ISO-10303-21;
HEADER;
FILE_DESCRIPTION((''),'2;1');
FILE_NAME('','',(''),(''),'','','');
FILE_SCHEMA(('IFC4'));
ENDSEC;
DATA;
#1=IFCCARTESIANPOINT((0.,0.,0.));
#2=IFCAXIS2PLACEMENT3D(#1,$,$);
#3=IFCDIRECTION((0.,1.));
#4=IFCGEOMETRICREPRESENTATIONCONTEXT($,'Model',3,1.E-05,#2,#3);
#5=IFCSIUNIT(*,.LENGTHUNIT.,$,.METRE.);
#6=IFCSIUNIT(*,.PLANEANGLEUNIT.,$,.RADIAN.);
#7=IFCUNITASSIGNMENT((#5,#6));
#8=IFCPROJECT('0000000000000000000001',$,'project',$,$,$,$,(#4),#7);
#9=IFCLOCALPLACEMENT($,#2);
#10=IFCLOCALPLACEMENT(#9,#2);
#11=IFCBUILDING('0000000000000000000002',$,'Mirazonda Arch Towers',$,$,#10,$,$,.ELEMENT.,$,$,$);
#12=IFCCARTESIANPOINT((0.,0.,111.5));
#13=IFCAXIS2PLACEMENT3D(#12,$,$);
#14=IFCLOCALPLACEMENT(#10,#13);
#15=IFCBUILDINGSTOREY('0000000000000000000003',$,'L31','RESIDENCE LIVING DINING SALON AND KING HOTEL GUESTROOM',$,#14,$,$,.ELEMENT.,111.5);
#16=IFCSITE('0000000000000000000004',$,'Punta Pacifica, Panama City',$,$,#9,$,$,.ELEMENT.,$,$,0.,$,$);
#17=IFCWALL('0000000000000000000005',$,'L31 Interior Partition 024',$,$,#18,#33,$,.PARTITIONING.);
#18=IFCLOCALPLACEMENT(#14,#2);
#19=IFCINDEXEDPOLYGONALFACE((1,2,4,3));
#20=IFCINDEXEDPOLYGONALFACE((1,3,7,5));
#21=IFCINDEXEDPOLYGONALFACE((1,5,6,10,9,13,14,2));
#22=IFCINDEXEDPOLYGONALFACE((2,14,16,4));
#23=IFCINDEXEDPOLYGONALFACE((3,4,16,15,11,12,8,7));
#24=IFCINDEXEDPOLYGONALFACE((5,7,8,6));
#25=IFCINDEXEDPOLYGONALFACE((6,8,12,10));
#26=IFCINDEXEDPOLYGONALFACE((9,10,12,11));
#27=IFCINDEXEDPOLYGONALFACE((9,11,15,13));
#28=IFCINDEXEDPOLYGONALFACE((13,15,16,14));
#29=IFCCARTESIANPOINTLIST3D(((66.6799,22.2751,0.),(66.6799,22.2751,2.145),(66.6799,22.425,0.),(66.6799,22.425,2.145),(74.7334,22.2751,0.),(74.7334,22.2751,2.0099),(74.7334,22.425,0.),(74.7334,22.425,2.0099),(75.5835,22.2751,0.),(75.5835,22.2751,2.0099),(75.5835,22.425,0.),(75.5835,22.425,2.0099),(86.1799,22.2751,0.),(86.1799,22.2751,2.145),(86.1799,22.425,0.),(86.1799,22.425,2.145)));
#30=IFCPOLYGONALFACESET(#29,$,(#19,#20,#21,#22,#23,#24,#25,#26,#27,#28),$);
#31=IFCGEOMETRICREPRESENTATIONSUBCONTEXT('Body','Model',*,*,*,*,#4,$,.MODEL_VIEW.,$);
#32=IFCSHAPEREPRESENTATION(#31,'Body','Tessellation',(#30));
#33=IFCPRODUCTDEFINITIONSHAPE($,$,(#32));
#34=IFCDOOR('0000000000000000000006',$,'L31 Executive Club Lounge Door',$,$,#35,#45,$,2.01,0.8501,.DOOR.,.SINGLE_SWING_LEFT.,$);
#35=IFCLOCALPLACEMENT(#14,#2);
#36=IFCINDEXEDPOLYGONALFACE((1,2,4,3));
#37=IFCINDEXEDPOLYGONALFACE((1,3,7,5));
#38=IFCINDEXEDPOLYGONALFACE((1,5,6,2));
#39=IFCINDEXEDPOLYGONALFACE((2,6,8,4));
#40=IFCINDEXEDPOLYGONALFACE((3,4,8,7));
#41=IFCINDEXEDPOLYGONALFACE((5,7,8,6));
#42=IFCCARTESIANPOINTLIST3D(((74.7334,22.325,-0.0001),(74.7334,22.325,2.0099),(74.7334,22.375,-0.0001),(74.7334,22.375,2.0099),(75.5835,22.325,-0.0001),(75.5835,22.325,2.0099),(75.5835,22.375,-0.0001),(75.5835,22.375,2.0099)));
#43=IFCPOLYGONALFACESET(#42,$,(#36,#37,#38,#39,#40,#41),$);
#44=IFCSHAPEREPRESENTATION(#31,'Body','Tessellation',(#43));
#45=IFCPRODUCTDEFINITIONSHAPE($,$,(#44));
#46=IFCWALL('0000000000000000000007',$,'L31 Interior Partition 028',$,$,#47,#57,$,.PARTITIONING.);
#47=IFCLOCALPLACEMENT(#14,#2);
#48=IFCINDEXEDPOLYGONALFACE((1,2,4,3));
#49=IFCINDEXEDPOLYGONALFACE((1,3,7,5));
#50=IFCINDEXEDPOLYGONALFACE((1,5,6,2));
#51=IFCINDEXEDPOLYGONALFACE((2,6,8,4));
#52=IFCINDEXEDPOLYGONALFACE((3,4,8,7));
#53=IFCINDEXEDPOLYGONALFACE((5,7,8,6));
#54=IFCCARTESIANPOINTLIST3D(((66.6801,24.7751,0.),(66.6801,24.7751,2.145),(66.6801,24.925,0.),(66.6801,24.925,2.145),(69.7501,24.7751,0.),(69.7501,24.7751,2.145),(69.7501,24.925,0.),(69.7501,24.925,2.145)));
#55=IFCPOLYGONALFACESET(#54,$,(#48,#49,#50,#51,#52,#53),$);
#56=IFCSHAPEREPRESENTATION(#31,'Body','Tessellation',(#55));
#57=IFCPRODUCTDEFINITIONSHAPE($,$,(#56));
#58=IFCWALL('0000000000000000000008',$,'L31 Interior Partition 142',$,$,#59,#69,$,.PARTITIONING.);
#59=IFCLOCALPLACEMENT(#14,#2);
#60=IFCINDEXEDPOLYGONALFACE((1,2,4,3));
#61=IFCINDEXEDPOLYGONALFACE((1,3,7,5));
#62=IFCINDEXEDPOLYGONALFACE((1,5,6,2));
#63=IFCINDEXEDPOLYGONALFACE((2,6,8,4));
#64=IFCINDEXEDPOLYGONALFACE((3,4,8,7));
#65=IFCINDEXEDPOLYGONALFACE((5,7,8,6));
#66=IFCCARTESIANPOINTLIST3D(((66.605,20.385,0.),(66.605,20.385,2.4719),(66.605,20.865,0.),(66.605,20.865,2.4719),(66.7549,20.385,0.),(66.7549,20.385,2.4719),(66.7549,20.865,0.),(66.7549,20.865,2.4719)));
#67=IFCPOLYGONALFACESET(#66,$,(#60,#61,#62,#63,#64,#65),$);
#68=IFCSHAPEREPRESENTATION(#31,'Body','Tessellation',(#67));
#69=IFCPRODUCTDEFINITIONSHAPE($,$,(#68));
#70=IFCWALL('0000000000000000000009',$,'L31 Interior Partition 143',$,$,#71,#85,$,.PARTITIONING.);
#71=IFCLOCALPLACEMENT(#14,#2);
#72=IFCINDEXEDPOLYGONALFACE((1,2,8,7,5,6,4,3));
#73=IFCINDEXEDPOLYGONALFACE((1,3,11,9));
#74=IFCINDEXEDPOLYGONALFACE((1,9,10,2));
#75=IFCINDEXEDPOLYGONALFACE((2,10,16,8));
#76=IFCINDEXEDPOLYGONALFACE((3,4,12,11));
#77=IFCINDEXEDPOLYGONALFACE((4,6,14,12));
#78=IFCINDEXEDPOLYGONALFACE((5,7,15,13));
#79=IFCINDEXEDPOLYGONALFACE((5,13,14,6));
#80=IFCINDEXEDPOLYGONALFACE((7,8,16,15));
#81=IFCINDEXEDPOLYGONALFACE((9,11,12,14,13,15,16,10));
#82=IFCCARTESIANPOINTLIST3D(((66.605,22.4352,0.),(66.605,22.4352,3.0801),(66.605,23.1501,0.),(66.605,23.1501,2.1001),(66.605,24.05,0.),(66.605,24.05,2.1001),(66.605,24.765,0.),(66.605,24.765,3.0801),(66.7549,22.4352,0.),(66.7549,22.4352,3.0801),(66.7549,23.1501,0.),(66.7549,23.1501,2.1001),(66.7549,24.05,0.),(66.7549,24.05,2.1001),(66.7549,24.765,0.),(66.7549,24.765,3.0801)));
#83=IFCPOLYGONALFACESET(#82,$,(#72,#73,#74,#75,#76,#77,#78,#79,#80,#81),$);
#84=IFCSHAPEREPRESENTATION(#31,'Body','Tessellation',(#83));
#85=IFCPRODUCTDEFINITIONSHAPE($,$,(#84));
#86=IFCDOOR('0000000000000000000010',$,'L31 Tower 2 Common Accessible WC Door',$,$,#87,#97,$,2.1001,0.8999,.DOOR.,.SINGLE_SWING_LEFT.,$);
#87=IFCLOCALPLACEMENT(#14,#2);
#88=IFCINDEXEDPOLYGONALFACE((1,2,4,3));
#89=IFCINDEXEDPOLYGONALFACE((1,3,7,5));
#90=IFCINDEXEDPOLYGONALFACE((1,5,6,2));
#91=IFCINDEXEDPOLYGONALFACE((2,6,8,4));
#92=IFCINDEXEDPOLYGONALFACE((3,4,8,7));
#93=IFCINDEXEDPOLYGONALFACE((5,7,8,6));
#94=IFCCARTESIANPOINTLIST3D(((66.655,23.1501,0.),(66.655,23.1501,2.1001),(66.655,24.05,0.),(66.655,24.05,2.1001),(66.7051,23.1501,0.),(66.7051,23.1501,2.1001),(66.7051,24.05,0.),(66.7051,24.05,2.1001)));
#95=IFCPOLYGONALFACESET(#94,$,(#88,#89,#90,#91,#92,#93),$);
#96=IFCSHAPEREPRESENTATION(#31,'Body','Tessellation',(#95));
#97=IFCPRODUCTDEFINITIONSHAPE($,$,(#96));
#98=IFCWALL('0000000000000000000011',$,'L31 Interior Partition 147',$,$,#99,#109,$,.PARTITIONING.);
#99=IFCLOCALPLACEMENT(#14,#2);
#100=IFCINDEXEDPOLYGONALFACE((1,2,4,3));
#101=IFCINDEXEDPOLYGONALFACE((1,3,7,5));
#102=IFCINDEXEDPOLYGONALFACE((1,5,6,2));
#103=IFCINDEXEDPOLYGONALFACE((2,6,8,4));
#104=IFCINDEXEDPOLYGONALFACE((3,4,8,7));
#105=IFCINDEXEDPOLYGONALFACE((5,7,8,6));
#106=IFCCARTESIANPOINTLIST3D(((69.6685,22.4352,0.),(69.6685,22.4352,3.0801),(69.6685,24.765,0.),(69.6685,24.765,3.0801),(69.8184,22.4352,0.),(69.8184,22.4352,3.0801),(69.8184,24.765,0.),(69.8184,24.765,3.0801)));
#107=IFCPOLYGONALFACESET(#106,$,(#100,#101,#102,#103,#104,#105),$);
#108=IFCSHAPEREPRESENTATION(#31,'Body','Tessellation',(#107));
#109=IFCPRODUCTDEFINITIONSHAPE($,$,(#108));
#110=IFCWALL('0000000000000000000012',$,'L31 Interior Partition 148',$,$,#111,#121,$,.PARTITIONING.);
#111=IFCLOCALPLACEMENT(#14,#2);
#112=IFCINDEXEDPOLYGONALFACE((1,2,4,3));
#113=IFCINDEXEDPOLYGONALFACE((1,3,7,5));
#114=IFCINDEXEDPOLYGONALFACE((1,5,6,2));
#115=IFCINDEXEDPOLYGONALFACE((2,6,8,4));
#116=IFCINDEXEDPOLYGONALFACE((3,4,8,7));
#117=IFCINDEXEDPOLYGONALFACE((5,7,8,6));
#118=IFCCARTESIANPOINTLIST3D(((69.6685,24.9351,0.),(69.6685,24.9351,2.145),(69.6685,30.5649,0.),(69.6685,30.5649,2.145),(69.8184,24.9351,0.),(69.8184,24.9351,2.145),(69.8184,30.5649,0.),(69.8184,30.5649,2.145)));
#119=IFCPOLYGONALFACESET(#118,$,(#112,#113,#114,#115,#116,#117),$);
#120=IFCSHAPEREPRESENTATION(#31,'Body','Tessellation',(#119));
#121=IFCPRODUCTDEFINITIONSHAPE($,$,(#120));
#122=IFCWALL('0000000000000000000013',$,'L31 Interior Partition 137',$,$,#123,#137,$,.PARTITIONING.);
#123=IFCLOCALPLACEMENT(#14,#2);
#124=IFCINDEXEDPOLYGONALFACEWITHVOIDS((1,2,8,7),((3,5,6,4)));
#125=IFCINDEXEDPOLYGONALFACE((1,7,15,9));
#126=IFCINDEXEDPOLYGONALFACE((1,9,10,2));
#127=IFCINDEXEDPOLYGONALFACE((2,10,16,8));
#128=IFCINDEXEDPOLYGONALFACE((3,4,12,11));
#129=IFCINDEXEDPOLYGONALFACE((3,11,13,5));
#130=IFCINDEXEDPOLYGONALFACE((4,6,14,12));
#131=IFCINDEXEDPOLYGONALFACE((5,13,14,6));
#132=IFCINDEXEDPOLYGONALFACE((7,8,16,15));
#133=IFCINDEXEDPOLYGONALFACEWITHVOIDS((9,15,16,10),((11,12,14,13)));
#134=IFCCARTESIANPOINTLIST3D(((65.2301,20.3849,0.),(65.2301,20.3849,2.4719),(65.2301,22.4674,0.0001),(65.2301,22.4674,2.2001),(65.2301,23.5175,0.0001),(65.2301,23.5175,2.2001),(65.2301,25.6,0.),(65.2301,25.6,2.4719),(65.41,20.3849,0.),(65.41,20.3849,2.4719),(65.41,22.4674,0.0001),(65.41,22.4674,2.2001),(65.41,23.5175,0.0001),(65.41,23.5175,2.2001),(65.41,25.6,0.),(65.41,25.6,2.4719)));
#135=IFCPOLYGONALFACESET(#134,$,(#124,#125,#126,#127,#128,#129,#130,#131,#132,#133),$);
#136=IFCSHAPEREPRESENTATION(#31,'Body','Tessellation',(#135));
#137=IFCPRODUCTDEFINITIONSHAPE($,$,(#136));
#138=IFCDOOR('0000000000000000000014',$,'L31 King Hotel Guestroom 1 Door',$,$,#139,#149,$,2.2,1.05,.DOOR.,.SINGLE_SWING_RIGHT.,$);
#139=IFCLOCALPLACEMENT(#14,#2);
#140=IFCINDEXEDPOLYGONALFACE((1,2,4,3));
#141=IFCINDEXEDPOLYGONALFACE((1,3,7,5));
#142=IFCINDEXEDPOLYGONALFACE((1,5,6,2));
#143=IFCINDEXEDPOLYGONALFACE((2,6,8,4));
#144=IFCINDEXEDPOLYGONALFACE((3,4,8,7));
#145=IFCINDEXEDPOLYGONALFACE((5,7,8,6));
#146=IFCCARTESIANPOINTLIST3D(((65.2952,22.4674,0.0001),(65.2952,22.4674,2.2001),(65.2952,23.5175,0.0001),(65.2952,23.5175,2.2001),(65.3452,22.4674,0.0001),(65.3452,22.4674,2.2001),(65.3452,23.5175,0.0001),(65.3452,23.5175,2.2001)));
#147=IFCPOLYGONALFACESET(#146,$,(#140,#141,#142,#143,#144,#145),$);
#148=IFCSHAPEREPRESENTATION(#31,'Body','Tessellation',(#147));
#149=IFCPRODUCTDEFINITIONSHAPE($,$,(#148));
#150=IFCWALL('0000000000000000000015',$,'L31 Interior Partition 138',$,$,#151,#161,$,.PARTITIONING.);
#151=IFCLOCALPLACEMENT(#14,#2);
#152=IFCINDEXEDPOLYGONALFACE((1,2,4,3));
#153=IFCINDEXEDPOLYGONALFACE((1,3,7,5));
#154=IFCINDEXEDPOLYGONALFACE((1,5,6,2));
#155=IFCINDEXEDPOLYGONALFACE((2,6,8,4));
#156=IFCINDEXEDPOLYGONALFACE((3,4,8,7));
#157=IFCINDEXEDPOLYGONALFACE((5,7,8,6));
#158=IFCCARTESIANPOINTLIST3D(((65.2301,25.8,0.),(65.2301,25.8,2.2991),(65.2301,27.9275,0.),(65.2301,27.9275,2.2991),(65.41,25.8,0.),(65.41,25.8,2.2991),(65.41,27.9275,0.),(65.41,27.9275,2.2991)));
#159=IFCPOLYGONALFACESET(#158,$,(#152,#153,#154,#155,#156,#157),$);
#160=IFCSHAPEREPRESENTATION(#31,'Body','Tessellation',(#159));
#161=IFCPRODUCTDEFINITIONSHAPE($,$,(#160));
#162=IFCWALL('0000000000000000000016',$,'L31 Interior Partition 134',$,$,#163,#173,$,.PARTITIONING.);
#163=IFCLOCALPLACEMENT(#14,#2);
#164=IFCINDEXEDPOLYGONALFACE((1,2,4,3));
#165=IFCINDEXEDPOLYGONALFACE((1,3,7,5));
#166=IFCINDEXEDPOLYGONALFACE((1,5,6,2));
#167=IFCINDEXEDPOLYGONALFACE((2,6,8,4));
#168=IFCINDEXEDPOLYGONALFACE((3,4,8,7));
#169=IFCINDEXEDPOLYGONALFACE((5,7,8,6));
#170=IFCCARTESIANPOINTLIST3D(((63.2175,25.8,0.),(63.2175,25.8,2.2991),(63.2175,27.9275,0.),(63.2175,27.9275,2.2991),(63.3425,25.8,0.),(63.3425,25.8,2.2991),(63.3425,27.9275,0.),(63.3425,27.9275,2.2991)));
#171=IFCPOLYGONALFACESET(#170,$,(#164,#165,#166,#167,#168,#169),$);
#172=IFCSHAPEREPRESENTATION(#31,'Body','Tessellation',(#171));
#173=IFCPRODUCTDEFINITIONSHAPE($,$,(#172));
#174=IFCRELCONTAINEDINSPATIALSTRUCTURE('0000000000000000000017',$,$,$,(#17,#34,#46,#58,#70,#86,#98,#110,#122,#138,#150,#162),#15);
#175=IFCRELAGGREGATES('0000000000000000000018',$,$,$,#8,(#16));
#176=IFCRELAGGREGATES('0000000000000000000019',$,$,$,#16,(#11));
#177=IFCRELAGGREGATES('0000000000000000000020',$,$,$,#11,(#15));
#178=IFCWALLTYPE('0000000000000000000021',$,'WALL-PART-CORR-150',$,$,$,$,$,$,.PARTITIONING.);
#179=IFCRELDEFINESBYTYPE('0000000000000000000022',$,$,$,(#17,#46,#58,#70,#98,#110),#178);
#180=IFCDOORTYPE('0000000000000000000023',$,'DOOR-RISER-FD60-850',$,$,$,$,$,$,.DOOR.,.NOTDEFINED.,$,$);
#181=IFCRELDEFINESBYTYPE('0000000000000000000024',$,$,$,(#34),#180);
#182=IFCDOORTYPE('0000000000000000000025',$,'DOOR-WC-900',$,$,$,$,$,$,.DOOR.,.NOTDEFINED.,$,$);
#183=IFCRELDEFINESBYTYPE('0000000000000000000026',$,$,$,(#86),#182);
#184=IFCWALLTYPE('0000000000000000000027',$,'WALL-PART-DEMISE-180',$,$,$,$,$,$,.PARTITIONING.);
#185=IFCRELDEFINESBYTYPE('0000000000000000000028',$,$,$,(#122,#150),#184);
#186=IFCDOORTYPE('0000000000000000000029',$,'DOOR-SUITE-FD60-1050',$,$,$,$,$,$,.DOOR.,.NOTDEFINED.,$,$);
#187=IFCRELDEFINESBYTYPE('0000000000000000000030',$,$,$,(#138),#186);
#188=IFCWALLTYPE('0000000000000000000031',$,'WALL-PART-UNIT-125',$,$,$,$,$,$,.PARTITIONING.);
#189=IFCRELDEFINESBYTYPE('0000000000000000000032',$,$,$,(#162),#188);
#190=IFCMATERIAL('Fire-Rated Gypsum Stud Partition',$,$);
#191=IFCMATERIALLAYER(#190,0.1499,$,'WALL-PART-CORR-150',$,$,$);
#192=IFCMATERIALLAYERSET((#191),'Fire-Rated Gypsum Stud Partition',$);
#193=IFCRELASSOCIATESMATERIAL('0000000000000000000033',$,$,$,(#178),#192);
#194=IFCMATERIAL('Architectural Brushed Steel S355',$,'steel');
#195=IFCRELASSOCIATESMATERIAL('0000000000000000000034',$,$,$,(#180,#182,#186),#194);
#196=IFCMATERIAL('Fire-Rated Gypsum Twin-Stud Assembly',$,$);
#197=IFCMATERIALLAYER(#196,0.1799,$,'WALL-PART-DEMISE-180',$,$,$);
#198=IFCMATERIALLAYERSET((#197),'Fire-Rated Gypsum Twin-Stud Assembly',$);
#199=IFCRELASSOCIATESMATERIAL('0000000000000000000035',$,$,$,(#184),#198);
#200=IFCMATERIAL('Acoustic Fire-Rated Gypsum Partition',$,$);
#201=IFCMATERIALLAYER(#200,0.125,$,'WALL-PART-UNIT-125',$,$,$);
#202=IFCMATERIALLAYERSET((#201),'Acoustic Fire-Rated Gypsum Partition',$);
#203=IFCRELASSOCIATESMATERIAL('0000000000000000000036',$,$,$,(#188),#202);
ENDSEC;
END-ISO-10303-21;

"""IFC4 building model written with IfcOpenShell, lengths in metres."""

from ifc_helpers import new_model, si_unit, direction, frame, frame_2d, origin, place, context, subcontext, project, spatial, rectangle, extrude, material, layer, layer_set, type_object, element, fill, save


model = new_model("IFC4")

# Units and contexts
model_context = context("Model", 3, precision=1e-05, world=origin(), true_north=direction((0.0, 1.0)))
body_context = subcontext(model_context, "Body", "Model", "MODEL_VIEW")
ifc_project = project(units=[si_unit("LENGTHUNIT", "METRE"), si_unit("PLANEANGLEUNIT", "RADIAN")], contexts=[model_context])

# Site, building, storey
site_placement = place(None, origin())
site = spatial("IfcSite", under=ifc_project, at=site_placement, Name="Punta Pacifica, Panama City", CompositionType="ELEMENT", RefElevation=0.0)
building_placement = place(site_placement, origin())
building = spatial("IfcBuilding", under=site, at=building_placement, Name="Mirazonda Arch Towers", CompositionType="ELEMENT")
storey_placement = place(building_placement, frame((0.0, 0.0, 111.5)))
storey = spatial("IfcBuildingStorey", under=building, at=storey_placement, Name="L31", Description="RESIDENCE LIVING DINING SALON AND KING HOTEL GUESTROOM", CompositionType="ELEMENT", Elevation=111.5)

# Shared definitions
ifc_material_1 = material(Name="Architectural Brushed Steel S355", Category="steel")

# Shared definitions
ifc_material_2 = material(Name="Fire-Rated Gypsum Stud Partition")
ifc_layer_1 = layer(ifc_material_2, 0.1499, Name="WALL-PART-CORR-150")
ifc_layer_set_1 = layer_set([ifc_layer_1], Name="Fire-Rated Gypsum Stud Partition")
wall_type_1 = type_object("IfcWallType", Name="WALL-PART-CORR-150", PredefinedType="PARTITIONING", material=ifc_layer_set_1)

# Wall, opening, door
wall_1_placement = place(storey_placement, frame((66.6799, 22.3501, 0.0), z_axis=(0.0, 0.0, 1.0), x_axis=(1.0, 0.0, 0.0)))
wall_1 = element("IfcWall", 1, at=wall_1_placement, inside=storey, type_object=wall_type_1, Name="L31 Interior Partition 024", PredefinedType="PARTITIONING", context=body_context, shape_type="SweptSolid", body=[
    extrude(rectangle(XDim=19.5, YDim=0.1499, at=frame_2d((9.75, 0.0))), origin(), (0.0, 0.0, 1.0), 2.145),
])
opening_1_placement = place(wall_1_placement, frame((8.0535, 0.0, 0.0)))
opening_1 = element("IfcOpeningElement", 2, at=opening_1_placement, cuts=wall_1, PredefinedType="OPENING", context=body_context, shape_type="SweptSolid", body=[
    extrude(rectangle(XDim=0.8501, YDim=2.01, at=frame_2d((0.425, 1.0049))), frame((0.0, 0.085, 0.0), z_axis=(0.0, -1.0, 0.0), x_axis=(1.0, 0.0, 0.0)), (0.0, 0.0, 1.0), 0.1699),
])
door_type_1 = type_object("IfcDoorType", Name="DOOR-RISER-FD60-850", OperationType="NOTDEFINED", PredefinedType="DOOR", material=ifc_material_1)
door_1_placement = place(opening_1_placement, origin())
door_1 = element("IfcDoor", 3, at=door_1_placement, inside=storey, type_object=door_type_1, Name="L31 Executive Club Lounge Door", OperationType="SINGLE_SWING_LEFT", OverallHeight=2.01, OverallWidth=0.8501, PredefinedType="DOOR", context=body_context, shape_type="SweptSolid", body=[
    extrude(rectangle(XDim=0.8501, YDim=2.01, at=frame_2d((0.425, 1.0049))), frame((0.0, 0.0249, 0.0), z_axis=(0.0, -1.0, 0.0), x_axis=(1.0, 0.0, 0.0)), (0.0, 0.0, 1.0), 0.05),
])
fill(opening_1, door_1)

# Walls
wall_2_placement = place(storey_placement, frame((66.6799, 24.8501, 0.0), z_axis=(0.0, 0.0, 1.0), x_axis=(1.0, 0.0, 0.0)))
element("IfcWall", 4, at=wall_2_placement, inside=storey, type_object=wall_type_1, Name="L31 Interior Partition 028", PredefinedType="PARTITIONING", context=body_context, shape_type="SweptSolid", body=[
    extrude(rectangle(XDim=3.0701, YDim=0.1499, at=frame_2d((1.5352, 0.0))), origin(), (0.0, 0.0, 1.0), 2.145),
])
wall_3_placement = place(storey_placement, frame((66.6799, 20.385, 0.0), z_axis=(0.0, 0.0, 1.0), x_axis=(0.0, 1.0, 0.0)))
element("IfcWall", 5, at=wall_3_placement, inside=storey, type_object=wall_type_1, Name="L31 Interior Partition 142", PredefinedType="PARTITIONING", context=body_context, shape_type="SweptSolid", body=[
    extrude(rectangle(XDim=0.48, YDim=0.1499, at=frame_2d((0.24, 0.0))), origin(), (0.0, 0.0, 1.0), 2.4719),
])

# Wall, opening, door
wall_4_placement = place(storey_placement, frame((66.6799, 22.4351, 0.0), z_axis=(0.0, 0.0, 1.0), x_axis=(0.0, 1.0, 0.0)))
wall_4 = element("IfcWall", 6, at=wall_4_placement, inside=storey, type_object=wall_type_1, Name="L31 Interior Partition 143", PredefinedType="PARTITIONING", context=body_context, shape_type="SweptSolid", body=[
    extrude(rectangle(XDim=2.3298, YDim=0.1499, at=frame_2d((1.165, 0.0))), origin(), (0.0, 0.0, 1.0), 3.0801),
])
opening_2_placement = place(wall_4_placement, frame((0.7151, 0.0, 0.0)))
opening_2 = element("IfcOpeningElement", 7, at=opening_2_placement, cuts=wall_4, PredefinedType="OPENING", context=body_context, shape_type="SweptSolid", body=[
    extrude(rectangle(XDim=0.8999, YDim=2.1001, at=frame_2d((0.45, 1.05))), frame((0.0, 0.085, 0.0), z_axis=(0.0, -1.0, 0.0), x_axis=(1.0, 0.0, 0.0)), (0.0, 0.0, 1.0), 0.1699),
])
door_type_2 = type_object("IfcDoorType", Name="DOOR-WC-900", OperationType="NOTDEFINED", PredefinedType="DOOR", material=ifc_material_1)
door_2_placement = place(opening_2_placement, origin())
door_2 = element("IfcDoor", 8, at=door_2_placement, inside=storey, type_object=door_type_2, Name="L31 Tower 2 Common Accessible WC Door", OperationType="SINGLE_SWING_LEFT", OverallHeight=2.1001, OverallWidth=0.8999, PredefinedType="DOOR", context=body_context, shape_type="SweptSolid", body=[
    extrude(rectangle(XDim=0.8999, YDim=2.1001, at=frame_2d((0.45, 1.05))), frame((0.0, 0.0249, 0.0), z_axis=(0.0, -1.0, 0.0), x_axis=(1.0, 0.0, 0.0)), (0.0, 0.0, 1.0), 0.05),
])
fill(opening_2, door_2)

# Walls
wall_5_placement = place(storey_placement, frame((69.7434, 22.4351, 0.0), z_axis=(0.0, 0.0, 1.0), x_axis=(0.0, 1.0, 0.0)))
element("IfcWall", 9, at=wall_5_placement, inside=storey, type_object=wall_type_1, Name="L31 Interior Partition 147", PredefinedType="PARTITIONING", context=body_context, shape_type="SweptSolid", body=[
    extrude(rectangle(XDim=2.3298, YDim=0.1499, at=frame_2d((1.165, 0.0))), origin(), (0.0, 0.0, 1.0), 3.0801),
])
wall_6_placement = place(storey_placement, frame((69.7434, 24.9351, 0.0), z_axis=(0.0, 0.0, 1.0), x_axis=(0.0, 1.0, 0.0)))
element("IfcWall", 10, at=wall_6_placement, inside=storey, type_object=wall_type_1, Name="L31 Interior Partition 148", PredefinedType="PARTITIONING", context=body_context, shape_type="SweptSolid", body=[
    extrude(rectangle(XDim=5.6299, YDim=0.1499, at=frame_2d((2.8149, 0.0))), origin(), (0.0, 0.0, 1.0), 2.145),
])

# Wall, opening, door
ifc_material_3 = material(Name="Fire-Rated Gypsum Twin-Stud Assembly")
ifc_layer_2 = layer(ifc_material_3, 0.1799, Name="WALL-PART-DEMISE-180")
ifc_layer_set_2 = layer_set([ifc_layer_2], Name="Fire-Rated Gypsum Twin-Stud Assembly")
wall_type_2 = type_object("IfcWallType", Name="WALL-PART-DEMISE-180", PredefinedType="PARTITIONING", material=ifc_layer_set_2)
wall_7_placement = place(storey_placement, frame((65.3201, 20.385, 0.0), z_axis=(0.0, 0.0, 1.0), x_axis=(0.0, 1.0, 0.0)))
wall_7 = element("IfcWall", 11, at=wall_7_placement, inside=storey, type_object=wall_type_2, Name="L31 Interior Partition 137", PredefinedType="PARTITIONING", context=body_context, shape_type="SweptSolid", body=[
    extrude(rectangle(XDim=5.2151, YDim=0.1799, at=frame_2d((2.6074, 0.0))), origin(), (0.0, 0.0, 1.0), 2.4719),
])
opening_3_placement = place(wall_7_placement, frame((2.0825, 0.0, 0.0)))
opening_3 = element("IfcOpeningElement", 12, at=opening_3_placement, cuts=wall_7, PredefinedType="OPENING", context=body_context, shape_type="SweptSolid", body=[
    extrude(rectangle(XDim=1.05, YDim=2.2, at=frame_2d((0.5249, 1.1001))), frame((0.0, 0.0999, 0.0), z_axis=(0.0, -1.0, 0.0), x_axis=(1.0, 0.0, 0.0)), (0.0, 0.0, 1.0), 0.2),
])
door_type_3 = type_object("IfcDoorType", Name="DOOR-SUITE-FD60-1050", OperationType="NOTDEFINED", PredefinedType="DOOR", material=ifc_material_1)
door_3_placement = place(opening_3_placement, origin())
door_3 = element("IfcDoor", 13, at=door_3_placement, inside=storey, type_object=door_type_3, Name="L31 King Hotel Guestroom 1 Door", OperationType="SINGLE_SWING_RIGHT", OverallHeight=2.2, OverallWidth=1.05, PredefinedType="DOOR", context=body_context, shape_type="SweptSolid", body=[
    extrude(rectangle(XDim=1.05, YDim=2.2, at=frame_2d((0.5249, 1.1001))), frame((0.0, 0.0249, 0.0), z_axis=(0.0, -1.0, 0.0), x_axis=(1.0, 0.0, 0.0)), (0.0, 0.0, 1.0), 0.05),
])
fill(opening_3, door_3)

# Walls
wall_8_placement = place(storey_placement, frame((65.3201, 25.8, 0.0), z_axis=(0.0, 0.0, 1.0), x_axis=(0.0, 1.0, 0.0)))
element("IfcWall", 14, at=wall_8_placement, inside=storey, type_object=wall_type_2, Name="L31 Interior Partition 138", PredefinedType="PARTITIONING", context=body_context, shape_type="SweptSolid", body=[
    extrude(rectangle(XDim=2.1274, YDim=0.1799, at=frame_2d((1.0637, 0.0))), origin(), (0.0, 0.0, 1.0), 2.2991),
])
ifc_material_4 = material(Name="Acoustic Fire-Rated Gypsum Partition")
ifc_layer_3 = layer(ifc_material_4, 0.125, Name="WALL-PART-UNIT-125")
ifc_layer_set_3 = layer_set([ifc_layer_3], Name="Acoustic Fire-Rated Gypsum Partition")
wall_type_3 = type_object("IfcWallType", Name="WALL-PART-UNIT-125", PredefinedType="PARTITIONING", material=ifc_layer_set_3)
wall_9_placement = place(storey_placement, frame((63.28, 25.8, 0.0), z_axis=(0.0, 0.0, 1.0), x_axis=(0.0, 1.0, 0.0)))
element("IfcWall", 15, at=wall_9_placement, inside=storey, type_object=wall_type_3, Name="L31 Interior Partition 134", PredefinedType="PARTITIONING", context=body_context, shape_type="SweptSolid", body=[
    extrude(rectangle(XDim=2.1274, YDim=0.125, at=frame_2d((1.0637, 0.0))), origin(), (0.0, 0.0, 1.0), 2.2991),
])

save(model, "model.ifc")
